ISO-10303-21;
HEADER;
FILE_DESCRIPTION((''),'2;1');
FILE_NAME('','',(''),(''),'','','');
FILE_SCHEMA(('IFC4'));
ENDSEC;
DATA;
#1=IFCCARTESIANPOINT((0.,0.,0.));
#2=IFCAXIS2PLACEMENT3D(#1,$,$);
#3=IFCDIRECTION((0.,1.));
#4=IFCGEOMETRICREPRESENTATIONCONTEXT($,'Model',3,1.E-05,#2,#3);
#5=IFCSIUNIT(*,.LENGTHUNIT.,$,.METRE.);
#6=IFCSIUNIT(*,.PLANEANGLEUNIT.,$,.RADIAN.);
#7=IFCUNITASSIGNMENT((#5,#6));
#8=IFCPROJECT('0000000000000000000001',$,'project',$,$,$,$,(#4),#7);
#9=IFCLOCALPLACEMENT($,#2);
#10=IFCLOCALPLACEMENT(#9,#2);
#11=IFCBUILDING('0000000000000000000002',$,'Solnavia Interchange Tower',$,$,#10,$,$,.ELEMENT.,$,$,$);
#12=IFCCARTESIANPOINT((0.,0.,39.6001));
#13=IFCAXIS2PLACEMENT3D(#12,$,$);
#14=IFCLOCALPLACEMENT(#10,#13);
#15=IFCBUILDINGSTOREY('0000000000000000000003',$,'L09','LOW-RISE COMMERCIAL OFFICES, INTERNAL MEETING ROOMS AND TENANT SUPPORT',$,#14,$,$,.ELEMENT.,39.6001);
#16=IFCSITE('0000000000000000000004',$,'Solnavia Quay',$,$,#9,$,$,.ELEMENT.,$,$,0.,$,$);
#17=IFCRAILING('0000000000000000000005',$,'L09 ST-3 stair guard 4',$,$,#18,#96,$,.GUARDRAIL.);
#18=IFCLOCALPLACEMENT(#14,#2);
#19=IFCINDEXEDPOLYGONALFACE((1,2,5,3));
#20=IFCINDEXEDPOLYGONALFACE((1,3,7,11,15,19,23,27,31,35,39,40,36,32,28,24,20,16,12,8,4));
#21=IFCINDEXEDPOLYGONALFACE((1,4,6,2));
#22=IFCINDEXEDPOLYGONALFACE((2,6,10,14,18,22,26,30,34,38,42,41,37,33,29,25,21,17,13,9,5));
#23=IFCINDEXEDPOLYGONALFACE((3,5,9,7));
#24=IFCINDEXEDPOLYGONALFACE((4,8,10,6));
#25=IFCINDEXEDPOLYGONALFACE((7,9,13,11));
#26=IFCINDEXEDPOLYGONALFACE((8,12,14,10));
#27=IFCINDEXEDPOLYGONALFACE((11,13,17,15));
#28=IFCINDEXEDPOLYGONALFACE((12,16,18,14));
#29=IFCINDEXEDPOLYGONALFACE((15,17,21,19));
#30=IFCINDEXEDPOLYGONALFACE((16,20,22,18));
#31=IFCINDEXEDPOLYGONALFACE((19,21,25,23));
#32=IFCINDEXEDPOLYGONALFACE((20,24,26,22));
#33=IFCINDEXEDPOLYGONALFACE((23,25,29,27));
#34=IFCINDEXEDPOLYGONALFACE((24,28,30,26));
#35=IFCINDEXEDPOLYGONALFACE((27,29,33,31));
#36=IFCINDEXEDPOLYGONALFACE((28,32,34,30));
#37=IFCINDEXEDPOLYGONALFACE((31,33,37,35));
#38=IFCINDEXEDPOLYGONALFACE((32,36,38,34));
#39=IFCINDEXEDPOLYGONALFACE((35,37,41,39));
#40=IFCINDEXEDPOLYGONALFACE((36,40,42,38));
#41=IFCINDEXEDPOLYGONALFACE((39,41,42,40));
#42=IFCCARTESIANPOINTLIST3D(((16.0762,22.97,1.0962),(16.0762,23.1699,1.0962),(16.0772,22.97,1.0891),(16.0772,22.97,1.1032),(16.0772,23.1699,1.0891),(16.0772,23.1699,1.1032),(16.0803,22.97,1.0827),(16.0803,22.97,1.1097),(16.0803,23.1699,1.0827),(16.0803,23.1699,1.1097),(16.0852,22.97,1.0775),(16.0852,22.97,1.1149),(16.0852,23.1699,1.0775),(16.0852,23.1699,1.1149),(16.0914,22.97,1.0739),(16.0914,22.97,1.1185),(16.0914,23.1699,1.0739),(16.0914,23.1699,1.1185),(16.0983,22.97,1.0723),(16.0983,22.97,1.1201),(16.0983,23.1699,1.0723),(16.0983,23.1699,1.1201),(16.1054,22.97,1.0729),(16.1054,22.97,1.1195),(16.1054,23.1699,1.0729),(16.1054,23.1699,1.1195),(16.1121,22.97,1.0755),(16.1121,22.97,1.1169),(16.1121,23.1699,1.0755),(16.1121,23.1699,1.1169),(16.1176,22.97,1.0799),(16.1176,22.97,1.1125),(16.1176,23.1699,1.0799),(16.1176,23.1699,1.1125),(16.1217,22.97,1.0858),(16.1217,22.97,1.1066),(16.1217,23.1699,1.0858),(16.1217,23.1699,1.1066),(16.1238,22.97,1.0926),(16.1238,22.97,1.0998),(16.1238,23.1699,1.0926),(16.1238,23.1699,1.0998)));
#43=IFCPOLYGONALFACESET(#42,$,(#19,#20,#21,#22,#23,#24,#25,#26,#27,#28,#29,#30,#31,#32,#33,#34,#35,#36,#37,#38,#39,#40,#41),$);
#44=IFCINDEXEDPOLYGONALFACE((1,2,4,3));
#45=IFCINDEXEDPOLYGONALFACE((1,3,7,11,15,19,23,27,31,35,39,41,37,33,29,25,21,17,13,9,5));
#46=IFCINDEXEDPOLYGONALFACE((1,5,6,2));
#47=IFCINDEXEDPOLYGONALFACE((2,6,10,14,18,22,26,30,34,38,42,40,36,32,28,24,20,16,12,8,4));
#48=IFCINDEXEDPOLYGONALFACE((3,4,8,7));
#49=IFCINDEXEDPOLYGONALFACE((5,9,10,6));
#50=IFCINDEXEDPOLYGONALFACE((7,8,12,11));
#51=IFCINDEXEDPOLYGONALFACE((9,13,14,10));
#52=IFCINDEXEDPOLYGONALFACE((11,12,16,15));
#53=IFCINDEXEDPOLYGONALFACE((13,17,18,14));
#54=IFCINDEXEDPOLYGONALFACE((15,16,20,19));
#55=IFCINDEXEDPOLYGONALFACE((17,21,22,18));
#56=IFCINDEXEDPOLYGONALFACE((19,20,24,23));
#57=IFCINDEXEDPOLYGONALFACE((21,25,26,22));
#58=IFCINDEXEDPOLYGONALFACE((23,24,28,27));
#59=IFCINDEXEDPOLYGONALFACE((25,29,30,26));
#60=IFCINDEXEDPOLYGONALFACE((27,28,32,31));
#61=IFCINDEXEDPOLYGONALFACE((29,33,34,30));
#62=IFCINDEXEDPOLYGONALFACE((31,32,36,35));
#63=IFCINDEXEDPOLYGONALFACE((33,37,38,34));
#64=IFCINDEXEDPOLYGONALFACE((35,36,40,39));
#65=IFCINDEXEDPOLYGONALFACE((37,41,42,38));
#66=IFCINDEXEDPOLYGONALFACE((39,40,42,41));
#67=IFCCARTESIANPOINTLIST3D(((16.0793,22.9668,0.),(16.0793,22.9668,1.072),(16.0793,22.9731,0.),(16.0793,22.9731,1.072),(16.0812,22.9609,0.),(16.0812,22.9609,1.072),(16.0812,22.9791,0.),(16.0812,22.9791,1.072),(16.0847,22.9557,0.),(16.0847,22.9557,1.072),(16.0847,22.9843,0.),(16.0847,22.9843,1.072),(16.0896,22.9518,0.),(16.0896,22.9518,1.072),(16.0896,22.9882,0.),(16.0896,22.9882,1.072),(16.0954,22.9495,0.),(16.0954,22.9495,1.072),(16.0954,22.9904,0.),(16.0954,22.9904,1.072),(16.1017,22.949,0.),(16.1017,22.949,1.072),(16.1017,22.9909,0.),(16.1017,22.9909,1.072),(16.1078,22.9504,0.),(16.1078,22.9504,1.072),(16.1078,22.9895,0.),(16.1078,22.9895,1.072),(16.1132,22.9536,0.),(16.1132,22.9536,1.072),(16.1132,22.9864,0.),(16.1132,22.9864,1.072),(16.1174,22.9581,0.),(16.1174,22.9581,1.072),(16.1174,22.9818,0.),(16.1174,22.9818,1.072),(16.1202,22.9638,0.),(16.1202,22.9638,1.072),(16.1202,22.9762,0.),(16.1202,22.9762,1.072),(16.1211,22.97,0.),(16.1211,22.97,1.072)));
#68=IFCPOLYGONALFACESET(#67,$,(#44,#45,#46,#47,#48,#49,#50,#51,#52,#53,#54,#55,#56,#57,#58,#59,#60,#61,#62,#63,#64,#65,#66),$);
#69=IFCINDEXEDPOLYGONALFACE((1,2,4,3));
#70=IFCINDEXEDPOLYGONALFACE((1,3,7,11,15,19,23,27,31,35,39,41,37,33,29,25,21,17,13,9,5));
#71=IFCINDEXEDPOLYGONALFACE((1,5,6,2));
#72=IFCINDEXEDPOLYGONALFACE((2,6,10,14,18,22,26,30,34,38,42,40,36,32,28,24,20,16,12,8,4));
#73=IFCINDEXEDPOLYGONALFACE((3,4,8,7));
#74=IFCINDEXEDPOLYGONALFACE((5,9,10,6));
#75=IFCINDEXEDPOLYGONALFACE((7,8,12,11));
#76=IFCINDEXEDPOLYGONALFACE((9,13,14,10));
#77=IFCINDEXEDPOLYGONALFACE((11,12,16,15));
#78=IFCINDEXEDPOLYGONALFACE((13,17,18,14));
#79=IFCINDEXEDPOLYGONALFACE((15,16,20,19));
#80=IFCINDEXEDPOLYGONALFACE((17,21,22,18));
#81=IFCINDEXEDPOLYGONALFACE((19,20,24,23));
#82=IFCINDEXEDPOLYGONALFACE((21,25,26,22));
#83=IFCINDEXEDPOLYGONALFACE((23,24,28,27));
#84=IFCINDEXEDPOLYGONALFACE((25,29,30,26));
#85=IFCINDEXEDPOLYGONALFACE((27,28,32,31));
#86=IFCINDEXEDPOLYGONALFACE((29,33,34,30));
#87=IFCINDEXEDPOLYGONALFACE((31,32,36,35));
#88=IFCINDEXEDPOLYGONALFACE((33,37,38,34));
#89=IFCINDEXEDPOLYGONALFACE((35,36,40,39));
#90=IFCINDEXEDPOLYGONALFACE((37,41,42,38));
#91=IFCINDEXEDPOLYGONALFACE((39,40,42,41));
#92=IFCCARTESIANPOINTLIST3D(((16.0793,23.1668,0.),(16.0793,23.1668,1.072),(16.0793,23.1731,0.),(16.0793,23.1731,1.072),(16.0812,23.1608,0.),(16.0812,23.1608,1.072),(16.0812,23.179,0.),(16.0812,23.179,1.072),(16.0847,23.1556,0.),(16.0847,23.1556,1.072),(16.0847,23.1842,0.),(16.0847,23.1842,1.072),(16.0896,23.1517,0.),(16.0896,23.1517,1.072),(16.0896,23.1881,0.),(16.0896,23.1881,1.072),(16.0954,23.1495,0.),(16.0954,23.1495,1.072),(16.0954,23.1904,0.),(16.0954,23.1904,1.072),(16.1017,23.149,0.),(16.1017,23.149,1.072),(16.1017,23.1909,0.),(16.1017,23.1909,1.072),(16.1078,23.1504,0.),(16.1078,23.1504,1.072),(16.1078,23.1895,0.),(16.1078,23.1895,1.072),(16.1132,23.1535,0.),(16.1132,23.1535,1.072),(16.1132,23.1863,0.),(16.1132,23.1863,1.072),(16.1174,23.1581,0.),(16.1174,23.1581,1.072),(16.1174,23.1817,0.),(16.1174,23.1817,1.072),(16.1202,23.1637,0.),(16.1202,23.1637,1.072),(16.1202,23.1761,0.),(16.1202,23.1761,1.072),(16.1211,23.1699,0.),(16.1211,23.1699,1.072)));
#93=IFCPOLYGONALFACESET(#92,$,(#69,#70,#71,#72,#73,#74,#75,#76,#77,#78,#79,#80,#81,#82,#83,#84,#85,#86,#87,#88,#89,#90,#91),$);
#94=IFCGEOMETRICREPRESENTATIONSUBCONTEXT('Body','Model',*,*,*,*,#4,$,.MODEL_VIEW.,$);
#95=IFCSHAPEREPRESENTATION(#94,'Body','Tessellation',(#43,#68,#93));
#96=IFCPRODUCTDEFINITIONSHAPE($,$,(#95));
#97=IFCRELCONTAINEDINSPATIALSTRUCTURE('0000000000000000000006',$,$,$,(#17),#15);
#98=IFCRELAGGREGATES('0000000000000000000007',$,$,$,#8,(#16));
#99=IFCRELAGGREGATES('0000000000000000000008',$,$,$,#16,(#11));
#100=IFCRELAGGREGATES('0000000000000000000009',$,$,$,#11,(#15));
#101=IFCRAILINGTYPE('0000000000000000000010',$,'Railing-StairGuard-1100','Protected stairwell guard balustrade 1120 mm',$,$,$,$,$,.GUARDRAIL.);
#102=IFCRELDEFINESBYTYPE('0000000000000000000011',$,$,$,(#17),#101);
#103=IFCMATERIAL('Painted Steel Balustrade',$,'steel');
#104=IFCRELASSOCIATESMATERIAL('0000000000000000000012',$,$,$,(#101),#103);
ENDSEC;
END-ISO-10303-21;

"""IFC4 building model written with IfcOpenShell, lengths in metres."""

from ifc_helpers import new_model, si_unit, direction, frame, origin, origin_2d, place, context, subcontext, project, spatial, circle, extrude, material, type_object, element, save


model = new_model("IFC4")

# Units and contexts
model_context = context("Model", 3, precision=1e-05, world=origin(), true_north=direction((0.0, 1.0)))
body_context = subcontext(model_context, "Body", "Model", "MODEL_VIEW")
ifc_project = project(units=[si_unit("LENGTHUNIT", "METRE"), si_unit("PLANEANGLEUNIT", "RADIAN")], contexts=[model_context])

# Site, building, storey
site_placement = place(None, origin())
site = spatial("IfcSite", under=ifc_project, at=site_placement, Name="Solnavia Quay", CompositionType="ELEMENT", RefElevation=0.0)
building_placement = place(site_placement, origin())
building = spatial("IfcBuilding", under=site, at=building_placement, Name="Solnavia Interchange Tower", CompositionType="ELEMENT")
storey_placement = place(building_placement, frame((0.0, 0.0, 39.6001)))
storey = spatial("IfcBuildingStorey", under=building, at=storey_placement, Name="L09", Description="LOW-RISE COMMERCIAL OFFICES, INTERNAL MEETING ROOMS AND TENANT SUPPORT", CompositionType="ELEMENT", Elevation=39.6001)

# Railing
ifc_material_1 = material(Name="Painted Steel Balustrade", Category="steel")
railing_type_1 = type_object("IfcRailingType", Name="Railing-StairGuard-1100", Description="Protected stairwell guard balustrade 1120 mm", PredefinedType="GUARDRAIL", material=ifc_material_1)
railing_1_placement = place(storey_placement, frame((16.1001, 22.97, 0.0)))
element("IfcRailing", 1, at=railing_1_placement, inside=storey, type_object=railing_type_1, Name="L09 ST-3 stair guard 4", PredefinedType="GUARDRAIL", context=body_context, shape_type="SweptSolid", body=[
    extrude(circle(Radius=0.0239, at=origin_2d()), frame((0.0, 0.0, 1.0962), z_axis=(0.0, 1.0, 0.0), x_axis=(-1.0, 0.0, 0.0)), (0.0, 0.0, 1.0), 0.2),
    extrude(circle(Radius=0.021, at=origin_2d()), origin(), (0.0, 0.0, 1.0), 1.072),
    extrude(circle(Radius=0.021, at=origin_2d()), frame((0.0, 0.2, 0.0)), (0.0, 0.0, 1.0), 1.072),
])

save(model, "model.ifc")
